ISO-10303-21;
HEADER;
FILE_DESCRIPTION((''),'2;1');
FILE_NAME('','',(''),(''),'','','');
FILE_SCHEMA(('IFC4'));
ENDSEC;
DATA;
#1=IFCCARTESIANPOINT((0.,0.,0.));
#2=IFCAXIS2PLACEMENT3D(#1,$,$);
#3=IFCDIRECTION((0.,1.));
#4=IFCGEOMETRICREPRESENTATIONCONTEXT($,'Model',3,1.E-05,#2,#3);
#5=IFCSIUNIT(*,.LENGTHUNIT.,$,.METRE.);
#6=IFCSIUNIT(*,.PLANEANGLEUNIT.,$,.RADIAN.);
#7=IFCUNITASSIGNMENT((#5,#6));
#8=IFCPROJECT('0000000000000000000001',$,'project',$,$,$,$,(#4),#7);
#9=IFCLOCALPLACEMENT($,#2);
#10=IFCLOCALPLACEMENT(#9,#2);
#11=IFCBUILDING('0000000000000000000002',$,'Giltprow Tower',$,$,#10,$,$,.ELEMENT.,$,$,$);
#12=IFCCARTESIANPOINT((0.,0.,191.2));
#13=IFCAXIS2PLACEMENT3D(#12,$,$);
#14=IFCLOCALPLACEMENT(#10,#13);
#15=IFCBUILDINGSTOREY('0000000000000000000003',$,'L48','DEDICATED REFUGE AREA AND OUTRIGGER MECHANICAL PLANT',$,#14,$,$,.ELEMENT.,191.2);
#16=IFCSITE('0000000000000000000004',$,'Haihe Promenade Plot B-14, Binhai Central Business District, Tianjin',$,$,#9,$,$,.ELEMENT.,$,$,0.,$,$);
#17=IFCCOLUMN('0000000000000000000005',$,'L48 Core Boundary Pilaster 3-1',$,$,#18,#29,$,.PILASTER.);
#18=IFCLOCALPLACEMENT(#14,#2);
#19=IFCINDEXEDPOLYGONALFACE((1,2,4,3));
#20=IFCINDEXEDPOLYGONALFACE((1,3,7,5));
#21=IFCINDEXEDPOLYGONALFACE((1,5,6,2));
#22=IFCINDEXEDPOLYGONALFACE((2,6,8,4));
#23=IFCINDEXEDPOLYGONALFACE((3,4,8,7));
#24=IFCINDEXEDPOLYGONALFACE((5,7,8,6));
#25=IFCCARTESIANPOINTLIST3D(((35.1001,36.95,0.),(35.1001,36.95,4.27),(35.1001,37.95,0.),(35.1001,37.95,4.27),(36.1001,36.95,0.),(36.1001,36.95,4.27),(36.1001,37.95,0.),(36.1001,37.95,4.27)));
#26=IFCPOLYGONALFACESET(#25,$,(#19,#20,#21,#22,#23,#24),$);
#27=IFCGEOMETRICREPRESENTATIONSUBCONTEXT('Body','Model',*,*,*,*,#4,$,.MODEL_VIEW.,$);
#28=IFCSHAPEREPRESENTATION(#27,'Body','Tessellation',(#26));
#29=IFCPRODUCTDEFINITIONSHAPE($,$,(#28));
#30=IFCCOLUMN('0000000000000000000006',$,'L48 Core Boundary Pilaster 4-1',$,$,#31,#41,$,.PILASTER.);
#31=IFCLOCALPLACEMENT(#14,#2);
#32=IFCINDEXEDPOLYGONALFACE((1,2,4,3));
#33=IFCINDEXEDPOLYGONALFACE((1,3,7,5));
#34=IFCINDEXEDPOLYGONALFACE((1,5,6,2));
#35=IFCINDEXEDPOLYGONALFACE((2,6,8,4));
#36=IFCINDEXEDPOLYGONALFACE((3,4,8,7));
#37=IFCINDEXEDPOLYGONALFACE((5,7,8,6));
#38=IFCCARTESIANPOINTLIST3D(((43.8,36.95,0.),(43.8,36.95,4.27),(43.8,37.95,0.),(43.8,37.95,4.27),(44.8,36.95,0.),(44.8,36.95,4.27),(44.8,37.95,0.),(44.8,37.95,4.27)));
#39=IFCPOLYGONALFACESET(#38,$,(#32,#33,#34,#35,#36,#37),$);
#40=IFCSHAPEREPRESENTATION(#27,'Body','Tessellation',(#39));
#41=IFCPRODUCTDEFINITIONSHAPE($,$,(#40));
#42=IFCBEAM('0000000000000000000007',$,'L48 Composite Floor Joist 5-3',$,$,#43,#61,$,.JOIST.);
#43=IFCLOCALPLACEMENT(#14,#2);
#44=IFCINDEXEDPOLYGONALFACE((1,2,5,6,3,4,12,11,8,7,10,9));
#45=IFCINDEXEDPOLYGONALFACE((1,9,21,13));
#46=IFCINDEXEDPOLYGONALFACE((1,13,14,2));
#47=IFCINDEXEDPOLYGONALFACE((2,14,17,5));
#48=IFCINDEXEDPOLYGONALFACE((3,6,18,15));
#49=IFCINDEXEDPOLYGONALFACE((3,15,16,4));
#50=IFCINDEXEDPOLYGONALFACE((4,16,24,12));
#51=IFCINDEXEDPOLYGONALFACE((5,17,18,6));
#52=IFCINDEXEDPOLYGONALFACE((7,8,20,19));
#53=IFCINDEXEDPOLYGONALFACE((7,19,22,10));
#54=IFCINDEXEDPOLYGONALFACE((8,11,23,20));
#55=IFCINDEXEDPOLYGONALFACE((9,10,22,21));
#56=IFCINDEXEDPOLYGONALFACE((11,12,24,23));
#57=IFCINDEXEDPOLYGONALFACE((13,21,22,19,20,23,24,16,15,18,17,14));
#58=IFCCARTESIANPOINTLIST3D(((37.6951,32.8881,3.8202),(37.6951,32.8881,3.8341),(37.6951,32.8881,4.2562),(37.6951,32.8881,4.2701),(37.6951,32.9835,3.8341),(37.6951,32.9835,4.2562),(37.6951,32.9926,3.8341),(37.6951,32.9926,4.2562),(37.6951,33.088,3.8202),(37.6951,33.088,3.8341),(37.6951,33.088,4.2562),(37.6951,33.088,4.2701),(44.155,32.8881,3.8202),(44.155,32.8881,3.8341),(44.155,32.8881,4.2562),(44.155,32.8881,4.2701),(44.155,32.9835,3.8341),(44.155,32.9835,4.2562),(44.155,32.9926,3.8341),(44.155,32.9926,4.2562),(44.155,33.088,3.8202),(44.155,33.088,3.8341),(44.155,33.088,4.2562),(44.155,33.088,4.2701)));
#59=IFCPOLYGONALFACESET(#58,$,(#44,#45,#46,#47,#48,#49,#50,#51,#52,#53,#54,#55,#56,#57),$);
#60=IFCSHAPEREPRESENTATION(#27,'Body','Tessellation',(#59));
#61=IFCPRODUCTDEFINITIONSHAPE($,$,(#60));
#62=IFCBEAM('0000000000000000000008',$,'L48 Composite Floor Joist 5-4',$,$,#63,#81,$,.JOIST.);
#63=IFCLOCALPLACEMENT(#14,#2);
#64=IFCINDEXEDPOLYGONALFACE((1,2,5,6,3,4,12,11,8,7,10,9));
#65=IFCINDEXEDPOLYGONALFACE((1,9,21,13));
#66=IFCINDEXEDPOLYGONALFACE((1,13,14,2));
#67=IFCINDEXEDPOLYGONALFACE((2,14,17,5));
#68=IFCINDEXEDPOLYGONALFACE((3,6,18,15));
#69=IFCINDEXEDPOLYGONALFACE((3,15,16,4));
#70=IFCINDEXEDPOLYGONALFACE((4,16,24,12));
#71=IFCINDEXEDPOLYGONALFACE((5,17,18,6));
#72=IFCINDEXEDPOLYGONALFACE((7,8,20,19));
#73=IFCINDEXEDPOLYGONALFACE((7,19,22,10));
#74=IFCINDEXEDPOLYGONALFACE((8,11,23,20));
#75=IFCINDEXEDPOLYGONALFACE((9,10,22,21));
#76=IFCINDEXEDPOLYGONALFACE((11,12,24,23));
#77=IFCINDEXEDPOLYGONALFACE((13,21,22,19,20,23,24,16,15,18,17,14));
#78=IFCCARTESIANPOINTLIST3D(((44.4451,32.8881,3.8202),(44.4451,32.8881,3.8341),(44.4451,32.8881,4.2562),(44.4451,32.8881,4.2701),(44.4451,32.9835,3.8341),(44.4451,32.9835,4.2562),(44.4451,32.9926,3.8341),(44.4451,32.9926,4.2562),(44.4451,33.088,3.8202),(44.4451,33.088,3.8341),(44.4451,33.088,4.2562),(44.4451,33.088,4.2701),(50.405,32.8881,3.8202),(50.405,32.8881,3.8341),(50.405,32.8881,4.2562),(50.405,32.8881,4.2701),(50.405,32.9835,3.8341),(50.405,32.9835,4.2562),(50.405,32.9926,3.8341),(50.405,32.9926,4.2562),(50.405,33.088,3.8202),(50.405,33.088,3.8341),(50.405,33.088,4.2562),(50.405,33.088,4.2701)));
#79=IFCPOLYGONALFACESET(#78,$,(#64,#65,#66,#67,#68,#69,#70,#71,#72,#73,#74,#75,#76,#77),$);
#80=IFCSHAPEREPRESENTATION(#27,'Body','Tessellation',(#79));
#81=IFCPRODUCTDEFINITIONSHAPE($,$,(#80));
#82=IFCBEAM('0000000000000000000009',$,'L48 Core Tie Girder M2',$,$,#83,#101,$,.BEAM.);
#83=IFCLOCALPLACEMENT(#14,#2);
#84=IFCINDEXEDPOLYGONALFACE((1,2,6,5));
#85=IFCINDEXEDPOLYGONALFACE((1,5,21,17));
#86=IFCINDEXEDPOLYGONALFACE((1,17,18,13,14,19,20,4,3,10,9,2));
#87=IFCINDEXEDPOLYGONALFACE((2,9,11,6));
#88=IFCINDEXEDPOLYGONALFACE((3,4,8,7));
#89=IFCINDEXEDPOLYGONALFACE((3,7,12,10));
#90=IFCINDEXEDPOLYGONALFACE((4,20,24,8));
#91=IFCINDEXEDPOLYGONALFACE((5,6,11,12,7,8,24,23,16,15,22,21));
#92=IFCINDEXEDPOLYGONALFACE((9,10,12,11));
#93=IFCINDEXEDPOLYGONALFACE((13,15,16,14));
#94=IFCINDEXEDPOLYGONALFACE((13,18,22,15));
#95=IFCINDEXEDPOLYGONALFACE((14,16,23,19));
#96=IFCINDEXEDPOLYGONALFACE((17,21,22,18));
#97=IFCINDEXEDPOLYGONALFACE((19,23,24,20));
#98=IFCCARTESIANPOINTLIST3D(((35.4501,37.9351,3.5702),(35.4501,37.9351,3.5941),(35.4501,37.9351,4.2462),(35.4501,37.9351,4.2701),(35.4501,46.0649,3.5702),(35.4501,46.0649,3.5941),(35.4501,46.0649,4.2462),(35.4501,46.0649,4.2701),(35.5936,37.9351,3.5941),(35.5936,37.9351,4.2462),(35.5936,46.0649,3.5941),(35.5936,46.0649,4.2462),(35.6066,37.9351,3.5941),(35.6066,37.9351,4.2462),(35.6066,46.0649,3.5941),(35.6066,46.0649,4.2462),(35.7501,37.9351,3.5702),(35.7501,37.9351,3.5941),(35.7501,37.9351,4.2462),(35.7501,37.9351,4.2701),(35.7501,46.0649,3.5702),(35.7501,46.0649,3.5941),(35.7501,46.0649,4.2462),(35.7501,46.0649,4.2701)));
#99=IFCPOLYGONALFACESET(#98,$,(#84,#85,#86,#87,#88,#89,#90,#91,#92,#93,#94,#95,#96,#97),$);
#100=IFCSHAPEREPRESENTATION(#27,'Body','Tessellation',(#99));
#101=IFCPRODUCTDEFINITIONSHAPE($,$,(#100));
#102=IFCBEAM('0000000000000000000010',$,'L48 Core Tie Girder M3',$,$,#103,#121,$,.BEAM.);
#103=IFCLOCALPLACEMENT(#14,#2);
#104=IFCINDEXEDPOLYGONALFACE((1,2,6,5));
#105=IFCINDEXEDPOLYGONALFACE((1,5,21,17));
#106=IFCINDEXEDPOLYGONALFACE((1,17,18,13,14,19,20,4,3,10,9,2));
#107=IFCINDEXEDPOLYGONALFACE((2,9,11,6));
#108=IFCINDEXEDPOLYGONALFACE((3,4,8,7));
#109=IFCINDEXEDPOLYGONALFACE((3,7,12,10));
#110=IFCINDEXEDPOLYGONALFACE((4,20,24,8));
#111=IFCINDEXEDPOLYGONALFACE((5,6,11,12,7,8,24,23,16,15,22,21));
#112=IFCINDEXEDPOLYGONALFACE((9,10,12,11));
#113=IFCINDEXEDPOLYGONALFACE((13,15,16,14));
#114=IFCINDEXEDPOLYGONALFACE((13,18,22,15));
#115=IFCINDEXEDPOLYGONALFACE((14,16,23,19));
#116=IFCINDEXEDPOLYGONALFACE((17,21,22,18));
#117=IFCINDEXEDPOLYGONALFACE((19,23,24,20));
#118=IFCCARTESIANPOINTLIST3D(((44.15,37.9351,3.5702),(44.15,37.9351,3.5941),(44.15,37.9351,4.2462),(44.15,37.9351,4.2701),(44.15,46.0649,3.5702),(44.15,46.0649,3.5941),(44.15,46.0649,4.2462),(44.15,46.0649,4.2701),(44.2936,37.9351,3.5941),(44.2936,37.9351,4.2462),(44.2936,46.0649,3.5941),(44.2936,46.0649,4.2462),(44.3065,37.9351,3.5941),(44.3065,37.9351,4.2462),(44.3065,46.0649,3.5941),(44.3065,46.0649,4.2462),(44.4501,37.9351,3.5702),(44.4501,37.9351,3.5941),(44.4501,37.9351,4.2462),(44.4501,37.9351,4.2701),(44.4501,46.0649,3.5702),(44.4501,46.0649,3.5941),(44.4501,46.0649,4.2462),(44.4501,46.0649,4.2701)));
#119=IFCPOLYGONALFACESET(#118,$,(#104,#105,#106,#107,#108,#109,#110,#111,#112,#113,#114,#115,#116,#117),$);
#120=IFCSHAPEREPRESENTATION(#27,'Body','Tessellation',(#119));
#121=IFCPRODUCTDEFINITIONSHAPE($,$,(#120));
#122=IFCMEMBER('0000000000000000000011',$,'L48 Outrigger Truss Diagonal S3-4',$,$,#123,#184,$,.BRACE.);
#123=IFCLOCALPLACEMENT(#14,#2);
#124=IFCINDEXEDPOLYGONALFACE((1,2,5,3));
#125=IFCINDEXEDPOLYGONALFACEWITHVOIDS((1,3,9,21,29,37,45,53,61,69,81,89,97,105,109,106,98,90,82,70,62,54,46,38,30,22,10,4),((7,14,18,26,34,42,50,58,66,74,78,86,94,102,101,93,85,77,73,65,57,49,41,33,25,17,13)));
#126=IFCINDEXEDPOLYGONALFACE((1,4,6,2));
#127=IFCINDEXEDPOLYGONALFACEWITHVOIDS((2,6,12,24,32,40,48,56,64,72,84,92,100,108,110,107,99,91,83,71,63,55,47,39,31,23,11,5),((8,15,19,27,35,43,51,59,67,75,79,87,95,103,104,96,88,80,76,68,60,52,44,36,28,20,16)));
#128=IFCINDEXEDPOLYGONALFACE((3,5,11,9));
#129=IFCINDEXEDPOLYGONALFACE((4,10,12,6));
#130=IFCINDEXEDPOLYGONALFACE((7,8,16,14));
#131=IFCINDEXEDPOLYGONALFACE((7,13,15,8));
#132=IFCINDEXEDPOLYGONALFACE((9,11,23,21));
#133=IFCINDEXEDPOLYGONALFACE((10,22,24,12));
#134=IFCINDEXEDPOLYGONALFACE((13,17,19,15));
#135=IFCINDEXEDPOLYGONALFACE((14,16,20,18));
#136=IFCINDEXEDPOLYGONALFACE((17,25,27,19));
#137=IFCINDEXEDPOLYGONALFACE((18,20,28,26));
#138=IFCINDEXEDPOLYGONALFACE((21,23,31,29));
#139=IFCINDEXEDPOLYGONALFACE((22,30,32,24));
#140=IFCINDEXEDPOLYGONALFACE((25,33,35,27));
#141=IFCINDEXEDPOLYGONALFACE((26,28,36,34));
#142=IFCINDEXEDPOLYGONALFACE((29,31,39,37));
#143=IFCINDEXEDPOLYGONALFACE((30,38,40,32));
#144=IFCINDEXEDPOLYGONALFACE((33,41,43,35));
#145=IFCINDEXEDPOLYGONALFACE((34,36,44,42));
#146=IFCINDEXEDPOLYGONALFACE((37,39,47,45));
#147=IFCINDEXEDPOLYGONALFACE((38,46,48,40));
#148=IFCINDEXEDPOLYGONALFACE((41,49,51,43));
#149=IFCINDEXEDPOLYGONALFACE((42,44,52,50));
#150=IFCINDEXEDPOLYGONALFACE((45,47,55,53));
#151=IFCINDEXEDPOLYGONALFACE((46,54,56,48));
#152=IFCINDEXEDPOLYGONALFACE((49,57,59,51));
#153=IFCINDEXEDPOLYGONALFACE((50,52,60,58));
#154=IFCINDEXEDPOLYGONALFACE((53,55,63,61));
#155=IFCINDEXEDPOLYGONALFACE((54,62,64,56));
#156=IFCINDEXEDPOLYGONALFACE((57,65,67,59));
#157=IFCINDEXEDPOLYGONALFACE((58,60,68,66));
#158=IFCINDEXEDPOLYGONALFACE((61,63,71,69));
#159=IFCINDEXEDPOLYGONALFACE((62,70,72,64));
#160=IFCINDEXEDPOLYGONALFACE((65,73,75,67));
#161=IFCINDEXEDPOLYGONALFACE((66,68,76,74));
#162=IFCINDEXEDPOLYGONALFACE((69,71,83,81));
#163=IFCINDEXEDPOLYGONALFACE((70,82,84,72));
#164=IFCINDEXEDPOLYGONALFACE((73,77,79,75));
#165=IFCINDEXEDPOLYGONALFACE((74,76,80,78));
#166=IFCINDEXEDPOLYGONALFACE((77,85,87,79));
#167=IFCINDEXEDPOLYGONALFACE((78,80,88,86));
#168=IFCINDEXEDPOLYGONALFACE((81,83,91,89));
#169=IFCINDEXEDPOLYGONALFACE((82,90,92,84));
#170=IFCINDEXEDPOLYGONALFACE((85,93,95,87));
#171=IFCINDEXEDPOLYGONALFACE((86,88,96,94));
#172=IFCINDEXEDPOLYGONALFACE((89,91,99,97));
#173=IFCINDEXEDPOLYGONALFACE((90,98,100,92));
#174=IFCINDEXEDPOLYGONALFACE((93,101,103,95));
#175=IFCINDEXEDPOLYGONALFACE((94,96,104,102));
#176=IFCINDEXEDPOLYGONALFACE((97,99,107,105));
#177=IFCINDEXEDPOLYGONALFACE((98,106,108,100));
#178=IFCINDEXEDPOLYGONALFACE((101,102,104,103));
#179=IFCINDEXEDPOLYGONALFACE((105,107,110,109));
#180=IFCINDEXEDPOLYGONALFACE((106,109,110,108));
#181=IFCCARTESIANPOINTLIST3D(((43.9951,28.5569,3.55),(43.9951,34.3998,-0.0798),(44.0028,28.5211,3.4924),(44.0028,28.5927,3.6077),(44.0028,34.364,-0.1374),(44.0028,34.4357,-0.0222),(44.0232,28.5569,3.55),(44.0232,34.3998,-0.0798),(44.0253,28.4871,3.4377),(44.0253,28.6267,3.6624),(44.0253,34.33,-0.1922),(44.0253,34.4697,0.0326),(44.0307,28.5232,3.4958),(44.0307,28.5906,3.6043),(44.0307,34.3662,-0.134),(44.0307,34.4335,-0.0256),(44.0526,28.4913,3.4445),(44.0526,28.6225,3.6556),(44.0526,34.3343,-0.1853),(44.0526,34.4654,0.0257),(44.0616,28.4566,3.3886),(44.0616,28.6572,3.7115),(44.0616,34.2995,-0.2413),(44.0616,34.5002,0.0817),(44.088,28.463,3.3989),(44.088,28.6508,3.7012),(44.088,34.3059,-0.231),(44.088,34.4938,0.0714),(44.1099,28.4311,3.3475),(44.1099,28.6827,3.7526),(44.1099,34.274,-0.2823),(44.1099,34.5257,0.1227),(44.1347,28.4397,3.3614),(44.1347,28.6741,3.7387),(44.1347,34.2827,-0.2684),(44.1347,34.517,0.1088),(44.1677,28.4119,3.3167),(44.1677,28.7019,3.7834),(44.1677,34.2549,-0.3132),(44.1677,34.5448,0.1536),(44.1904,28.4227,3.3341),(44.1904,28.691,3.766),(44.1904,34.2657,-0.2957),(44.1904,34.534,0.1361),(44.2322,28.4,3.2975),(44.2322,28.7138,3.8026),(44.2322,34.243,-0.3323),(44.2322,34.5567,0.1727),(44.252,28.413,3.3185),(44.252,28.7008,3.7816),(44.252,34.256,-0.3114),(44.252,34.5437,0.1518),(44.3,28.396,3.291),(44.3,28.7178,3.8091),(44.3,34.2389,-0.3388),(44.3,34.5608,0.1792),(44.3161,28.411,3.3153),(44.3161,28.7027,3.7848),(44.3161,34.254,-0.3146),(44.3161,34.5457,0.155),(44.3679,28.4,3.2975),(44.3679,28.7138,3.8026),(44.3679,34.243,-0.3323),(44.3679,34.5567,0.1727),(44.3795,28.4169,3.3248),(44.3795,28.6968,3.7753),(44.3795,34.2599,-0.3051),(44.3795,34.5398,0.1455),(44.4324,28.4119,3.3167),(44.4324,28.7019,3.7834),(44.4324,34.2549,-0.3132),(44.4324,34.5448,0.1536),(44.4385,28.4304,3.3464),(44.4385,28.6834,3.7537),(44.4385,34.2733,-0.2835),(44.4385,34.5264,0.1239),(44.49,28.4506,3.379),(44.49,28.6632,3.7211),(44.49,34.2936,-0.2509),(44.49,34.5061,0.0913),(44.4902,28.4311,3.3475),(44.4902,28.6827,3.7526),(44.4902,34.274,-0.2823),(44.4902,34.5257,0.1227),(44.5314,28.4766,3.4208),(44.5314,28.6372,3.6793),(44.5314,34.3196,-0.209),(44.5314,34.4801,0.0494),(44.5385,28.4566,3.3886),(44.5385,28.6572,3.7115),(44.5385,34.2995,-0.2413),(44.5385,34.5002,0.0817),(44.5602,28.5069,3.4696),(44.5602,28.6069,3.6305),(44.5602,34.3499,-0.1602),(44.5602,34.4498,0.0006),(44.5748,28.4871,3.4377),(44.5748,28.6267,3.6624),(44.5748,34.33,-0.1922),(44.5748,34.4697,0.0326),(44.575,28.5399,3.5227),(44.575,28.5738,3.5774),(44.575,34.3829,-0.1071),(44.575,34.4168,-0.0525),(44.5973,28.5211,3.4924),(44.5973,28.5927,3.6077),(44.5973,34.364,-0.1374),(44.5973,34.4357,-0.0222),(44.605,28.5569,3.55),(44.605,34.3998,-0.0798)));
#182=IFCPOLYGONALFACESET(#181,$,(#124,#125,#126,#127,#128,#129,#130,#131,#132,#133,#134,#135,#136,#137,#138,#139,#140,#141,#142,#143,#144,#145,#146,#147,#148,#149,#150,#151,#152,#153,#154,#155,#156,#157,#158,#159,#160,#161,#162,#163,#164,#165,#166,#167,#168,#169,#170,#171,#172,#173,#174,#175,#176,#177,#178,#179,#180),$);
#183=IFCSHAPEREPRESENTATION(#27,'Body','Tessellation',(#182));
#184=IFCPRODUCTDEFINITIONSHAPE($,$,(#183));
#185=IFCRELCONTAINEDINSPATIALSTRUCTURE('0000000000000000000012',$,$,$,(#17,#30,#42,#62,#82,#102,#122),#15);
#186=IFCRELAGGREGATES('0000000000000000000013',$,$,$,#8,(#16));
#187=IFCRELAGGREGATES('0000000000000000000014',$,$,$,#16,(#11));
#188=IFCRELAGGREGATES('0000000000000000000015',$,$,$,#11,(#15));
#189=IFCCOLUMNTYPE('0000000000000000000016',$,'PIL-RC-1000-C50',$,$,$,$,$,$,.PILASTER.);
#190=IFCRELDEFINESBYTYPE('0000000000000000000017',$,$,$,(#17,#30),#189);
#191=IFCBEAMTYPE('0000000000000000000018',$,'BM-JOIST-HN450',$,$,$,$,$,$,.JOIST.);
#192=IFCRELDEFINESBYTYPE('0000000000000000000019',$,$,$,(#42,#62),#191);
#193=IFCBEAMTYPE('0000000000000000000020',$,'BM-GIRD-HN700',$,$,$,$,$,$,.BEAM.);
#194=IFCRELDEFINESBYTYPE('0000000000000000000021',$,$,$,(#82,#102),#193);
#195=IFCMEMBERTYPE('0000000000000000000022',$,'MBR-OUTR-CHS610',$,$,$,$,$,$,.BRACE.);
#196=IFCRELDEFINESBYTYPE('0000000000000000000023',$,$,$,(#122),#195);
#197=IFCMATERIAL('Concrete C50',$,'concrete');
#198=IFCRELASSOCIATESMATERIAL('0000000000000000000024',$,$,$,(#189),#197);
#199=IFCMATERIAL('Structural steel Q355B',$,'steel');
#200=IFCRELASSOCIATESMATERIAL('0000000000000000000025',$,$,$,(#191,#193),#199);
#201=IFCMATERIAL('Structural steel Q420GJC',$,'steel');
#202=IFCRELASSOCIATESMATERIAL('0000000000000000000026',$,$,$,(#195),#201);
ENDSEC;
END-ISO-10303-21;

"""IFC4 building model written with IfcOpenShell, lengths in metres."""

from ifc_helpers import new_model, si_unit, direction, frame, origin, origin_2d, place, context, subcontext, project, spatial, rectangle, hollow_circle, i_section, extrude, source, transform, mapped, material, material_profile, profile_set, type_object, element, save


model = new_model("IFC4")

# Units and contexts
model_context = context("Model", 3, precision=1e-05, world=origin(), true_north=direction((0.0, 1.0)))
body_context = subcontext(model_context, "Body", "Model", "MODEL_VIEW")
ifc_project = project(units=[si_unit("LENGTHUNIT", "METRE"), si_unit("PLANEANGLEUNIT", "RADIAN")], contexts=[model_context])

# Site, building, storey
site_placement = place(None, origin())
site = spatial("IfcSite", under=ifc_project, at=site_placement, Name="Haihe Promenade Plot B-14, Binhai Central Business District, Tianjin", CompositionType="ELEMENT", RefElevation=0.0)
building_placement = place(site_placement, origin())
building = spatial("IfcBuilding", under=site, at=building_placement, Name="Giltprow Tower", CompositionType="ELEMENT")
storey_placement = place(building_placement, frame((0.0, 0.0, 191.2)))
storey = spatial("IfcBuildingStorey", under=building, at=storey_placement, Name="L48", Description="DEDICATED REFUGE AREA AND OUTRIGGER MECHANICAL PLANT", CompositionType="ELEMENT", Elevation=191.2)

# Columns
ifc_material_1 = material(Name="Concrete C50", Category="concrete")
ifc_material_profile_1 = material_profile(ifc_material_1, rectangle(XDim=1.0, YDim=1.0, at=origin_2d()), Name="RC 1000x1000")
ifc_profile_set_1 = profile_set([ifc_material_profile_1], Name="Concrete C50")
column_type = type_object("IfcColumnType", Name="PIL-RC-1000-C50", PredefinedType="PILASTER", material=ifc_profile_set_1)
shared_shape_1 = source(origin(), body_context, "Body", "SweptSolid", [
    extrude(rectangle(XDim=1.0, YDim=1.0, at=origin_2d()), origin(), (0.0, 0.0, 1.0), 4.27),
])
for number, where, z_axis, x_axis, name in (
    (1, (35.6001, 37.45, 0.0), (0.0, 0.0, 1.0), (1.0, 0.0, 0.0), "L48 Core Boundary Pilaster 3-1"),
    (2, (44.3, 37.45, 0.0), (0.0, 0.0, 1.0), (1.0, 0.0, 0.0), "L48 Core Boundary Pilaster 4-1"),
):
    element("IfcColumn", number, at=place(storey_placement, frame(where, z_axis=z_axis, x_axis=x_axis)), inside=storey, type_object=column_type, Name=name, PredefinedType="PILASTER", context=body_context, shape_type="MappedRepresentation", body=[
        mapped(shared_shape_1, transform((0.0, 0.0, 0.0), x_axis=(1.0, 0.0, 0.0), y_axis=(0.0, 1.0, 0.0), z_axis=(0.0, 0.0, 1.0), scale=1.0)),
    ])

# Beams
ifc_material_2 = material(Name="Structural steel Q355B", Category="steel")
ifc_material_profile_2 = material_profile(ifc_material_2, i_section(OverallWidth=0.2, OverallDepth=0.45, WebThickness=0.009, FlangeThickness=0.0139, at=origin_2d()), Name="HN 450x200x9x14")
ifc_profile_set_2 = profile_set([ifc_material_profile_2], Name="Structural steel Q355B")
beam_type_1 = type_object("IfcBeamType", Name="BM-JOIST-HN450", PredefinedType="JOIST", material=ifc_profile_set_2)
shared_shape_2 = source(origin(), body_context, "Body", "SweptSolid", [
    extrude(i_section(OverallWidth=0.2, OverallDepth=0.45, WebThickness=0.009, FlangeThickness=0.0139, at=origin_2d()), origin(), (0.0, 0.0, 1.0), 6.46),
])
beam_1_placement = place(storey_placement, frame((37.6951, 32.988, 4.0452), z_axis=(1.0, 0.0, 0.0), x_axis=(0.0, 1.0, 0.0)))
element("IfcBeam", 3, at=beam_1_placement, inside=storey, type_object=beam_type_1, Name="L48 Composite Floor Joist 5-3", PredefinedType="JOIST", context=body_context, shape_type="MappedRepresentation", body=[
    mapped(shared_shape_2, transform((0.0, 0.0, 0.0), x_axis=(1.0, 0.0, 0.0), y_axis=(0.0, 1.0, 0.0), z_axis=(0.0, 0.0, 1.0), scale=1.0)),
])
shared_shape_3 = source(origin(), body_context, "Body", "SweptSolid", [
    extrude(i_section(OverallWidth=0.2, OverallDepth=0.45, WebThickness=0.009, FlangeThickness=0.0139, at=origin_2d()), origin(), (0.0, 0.0, 1.0), 5.96),
])
beam_2_placement = place(storey_placement, frame((44.4451, 32.988, 4.0452), z_axis=(1.0, 0.0, 0.0), x_axis=(0.0, 1.0, 0.0)))
element("IfcBeam", 4, at=beam_2_placement, inside=storey, type_object=beam_type_1, Name="L48 Composite Floor Joist 5-4", PredefinedType="JOIST", context=body_context, shape_type="MappedRepresentation", body=[
    mapped(shared_shape_3, transform((0.0, 0.0, 0.0), x_axis=(1.0, 0.0, 0.0), y_axis=(0.0, 1.0, 0.0), z_axis=(0.0, 0.0, 1.0), scale=1.0)),
])
ifc_material_profile_3 = material_profile(ifc_material_2, i_section(OverallWidth=0.3, OverallDepth=0.7, WebThickness=0.0129, FlangeThickness=0.0239, at=origin_2d()), Name="HN 700x300x13x24")
ifc_profile_set_3 = profile_set([ifc_material_profile_3], Name="Structural steel Q355B")
beam_type_2 = type_object("IfcBeamType", Name="BM-GIRD-HN700", PredefinedType="BEAM", material=ifc_profile_set_3)
shared_shape_4 = source(origin(), body_context, "Body", "SweptSolid", [
    extrude(i_section(OverallWidth=0.3, OverallDepth=0.7, WebThickness=0.0129, FlangeThickness=0.0239, at=origin_2d()), origin(), (0.0, 0.0, 1.0), 8.1299),
])
for number, where, z_axis, x_axis, name in (
    (5, (35.6001, 37.9351, 3.9202), (0.0, 1.0, 0.0), (-1.0, 0.0, 0.0), "L48 Core Tie Girder M2"),
    (6, (44.3, 37.9351, 3.9202), (0.0, 1.0, 0.0), (-1.0, 0.0, 0.0), "L48 Core Tie Girder M3"),
):
    element("IfcBeam", number, at=place(storey_placement, frame(where, z_axis=z_axis, x_axis=x_axis)), inside=storey, type_object=beam_type_2, Name=name, PredefinedType="BEAM", context=body_context, shape_type="MappedRepresentation", body=[
        mapped(shared_shape_4, transform((0.0, 0.0, 0.0), x_axis=(1.0, 0.0, 0.0), y_axis=(0.0, 1.0, 0.0), z_axis=(0.0, 0.0, 1.0), scale=1.0)),
    ])

# Member
ifc_material_3 = material(Name="Structural steel Q420GJC", Category="steel")
ifc_material_profile_4 = material_profile(ifc_material_3, hollow_circle(Radius=0.3049, WallThickness=0.0281, at=origin_2d()), Name="CHS 610x28")
ifc_profile_set_4 = profile_set([ifc_material_profile_4], Name="Structural steel Q420GJC")
member_type = type_object("IfcMemberType", Name="MBR-OUTR-CHS610", PredefinedType="BRACE", material=ifc_profile_set_4)
shared_shape_5 = source(origin(), body_context, "Body", "SweptSolid", [
    extrude(hollow_circle(Radius=0.3049, WallThickness=0.0281, at=origin_2d()), origin(), (0.0, 0.0, 1.0), 6.8787),
])
member_placement = place(storey_placement, frame((44.3, 28.5569, 3.55), z_axis=(0.0, 0.849433, -0.527697), x_axis=(-1.0, 0.0, 0.0)))
element("IfcMember", 7, at=member_placement, inside=storey, type_object=member_type, Name="L48 Outrigger Truss Diagonal S3-4", PredefinedType="BRACE", context=body_context, shape_type="MappedRepresentation", body=[
    mapped(shared_shape_5, transform((0.0, 0.0, 0.0), x_axis=(1.0, 0.0, 0.0), y_axis=(0.0, 1.0, 0.0), z_axis=(0.0, 0.0, 1.0), scale=1.0)),
])

save(model, "model.ifc")
